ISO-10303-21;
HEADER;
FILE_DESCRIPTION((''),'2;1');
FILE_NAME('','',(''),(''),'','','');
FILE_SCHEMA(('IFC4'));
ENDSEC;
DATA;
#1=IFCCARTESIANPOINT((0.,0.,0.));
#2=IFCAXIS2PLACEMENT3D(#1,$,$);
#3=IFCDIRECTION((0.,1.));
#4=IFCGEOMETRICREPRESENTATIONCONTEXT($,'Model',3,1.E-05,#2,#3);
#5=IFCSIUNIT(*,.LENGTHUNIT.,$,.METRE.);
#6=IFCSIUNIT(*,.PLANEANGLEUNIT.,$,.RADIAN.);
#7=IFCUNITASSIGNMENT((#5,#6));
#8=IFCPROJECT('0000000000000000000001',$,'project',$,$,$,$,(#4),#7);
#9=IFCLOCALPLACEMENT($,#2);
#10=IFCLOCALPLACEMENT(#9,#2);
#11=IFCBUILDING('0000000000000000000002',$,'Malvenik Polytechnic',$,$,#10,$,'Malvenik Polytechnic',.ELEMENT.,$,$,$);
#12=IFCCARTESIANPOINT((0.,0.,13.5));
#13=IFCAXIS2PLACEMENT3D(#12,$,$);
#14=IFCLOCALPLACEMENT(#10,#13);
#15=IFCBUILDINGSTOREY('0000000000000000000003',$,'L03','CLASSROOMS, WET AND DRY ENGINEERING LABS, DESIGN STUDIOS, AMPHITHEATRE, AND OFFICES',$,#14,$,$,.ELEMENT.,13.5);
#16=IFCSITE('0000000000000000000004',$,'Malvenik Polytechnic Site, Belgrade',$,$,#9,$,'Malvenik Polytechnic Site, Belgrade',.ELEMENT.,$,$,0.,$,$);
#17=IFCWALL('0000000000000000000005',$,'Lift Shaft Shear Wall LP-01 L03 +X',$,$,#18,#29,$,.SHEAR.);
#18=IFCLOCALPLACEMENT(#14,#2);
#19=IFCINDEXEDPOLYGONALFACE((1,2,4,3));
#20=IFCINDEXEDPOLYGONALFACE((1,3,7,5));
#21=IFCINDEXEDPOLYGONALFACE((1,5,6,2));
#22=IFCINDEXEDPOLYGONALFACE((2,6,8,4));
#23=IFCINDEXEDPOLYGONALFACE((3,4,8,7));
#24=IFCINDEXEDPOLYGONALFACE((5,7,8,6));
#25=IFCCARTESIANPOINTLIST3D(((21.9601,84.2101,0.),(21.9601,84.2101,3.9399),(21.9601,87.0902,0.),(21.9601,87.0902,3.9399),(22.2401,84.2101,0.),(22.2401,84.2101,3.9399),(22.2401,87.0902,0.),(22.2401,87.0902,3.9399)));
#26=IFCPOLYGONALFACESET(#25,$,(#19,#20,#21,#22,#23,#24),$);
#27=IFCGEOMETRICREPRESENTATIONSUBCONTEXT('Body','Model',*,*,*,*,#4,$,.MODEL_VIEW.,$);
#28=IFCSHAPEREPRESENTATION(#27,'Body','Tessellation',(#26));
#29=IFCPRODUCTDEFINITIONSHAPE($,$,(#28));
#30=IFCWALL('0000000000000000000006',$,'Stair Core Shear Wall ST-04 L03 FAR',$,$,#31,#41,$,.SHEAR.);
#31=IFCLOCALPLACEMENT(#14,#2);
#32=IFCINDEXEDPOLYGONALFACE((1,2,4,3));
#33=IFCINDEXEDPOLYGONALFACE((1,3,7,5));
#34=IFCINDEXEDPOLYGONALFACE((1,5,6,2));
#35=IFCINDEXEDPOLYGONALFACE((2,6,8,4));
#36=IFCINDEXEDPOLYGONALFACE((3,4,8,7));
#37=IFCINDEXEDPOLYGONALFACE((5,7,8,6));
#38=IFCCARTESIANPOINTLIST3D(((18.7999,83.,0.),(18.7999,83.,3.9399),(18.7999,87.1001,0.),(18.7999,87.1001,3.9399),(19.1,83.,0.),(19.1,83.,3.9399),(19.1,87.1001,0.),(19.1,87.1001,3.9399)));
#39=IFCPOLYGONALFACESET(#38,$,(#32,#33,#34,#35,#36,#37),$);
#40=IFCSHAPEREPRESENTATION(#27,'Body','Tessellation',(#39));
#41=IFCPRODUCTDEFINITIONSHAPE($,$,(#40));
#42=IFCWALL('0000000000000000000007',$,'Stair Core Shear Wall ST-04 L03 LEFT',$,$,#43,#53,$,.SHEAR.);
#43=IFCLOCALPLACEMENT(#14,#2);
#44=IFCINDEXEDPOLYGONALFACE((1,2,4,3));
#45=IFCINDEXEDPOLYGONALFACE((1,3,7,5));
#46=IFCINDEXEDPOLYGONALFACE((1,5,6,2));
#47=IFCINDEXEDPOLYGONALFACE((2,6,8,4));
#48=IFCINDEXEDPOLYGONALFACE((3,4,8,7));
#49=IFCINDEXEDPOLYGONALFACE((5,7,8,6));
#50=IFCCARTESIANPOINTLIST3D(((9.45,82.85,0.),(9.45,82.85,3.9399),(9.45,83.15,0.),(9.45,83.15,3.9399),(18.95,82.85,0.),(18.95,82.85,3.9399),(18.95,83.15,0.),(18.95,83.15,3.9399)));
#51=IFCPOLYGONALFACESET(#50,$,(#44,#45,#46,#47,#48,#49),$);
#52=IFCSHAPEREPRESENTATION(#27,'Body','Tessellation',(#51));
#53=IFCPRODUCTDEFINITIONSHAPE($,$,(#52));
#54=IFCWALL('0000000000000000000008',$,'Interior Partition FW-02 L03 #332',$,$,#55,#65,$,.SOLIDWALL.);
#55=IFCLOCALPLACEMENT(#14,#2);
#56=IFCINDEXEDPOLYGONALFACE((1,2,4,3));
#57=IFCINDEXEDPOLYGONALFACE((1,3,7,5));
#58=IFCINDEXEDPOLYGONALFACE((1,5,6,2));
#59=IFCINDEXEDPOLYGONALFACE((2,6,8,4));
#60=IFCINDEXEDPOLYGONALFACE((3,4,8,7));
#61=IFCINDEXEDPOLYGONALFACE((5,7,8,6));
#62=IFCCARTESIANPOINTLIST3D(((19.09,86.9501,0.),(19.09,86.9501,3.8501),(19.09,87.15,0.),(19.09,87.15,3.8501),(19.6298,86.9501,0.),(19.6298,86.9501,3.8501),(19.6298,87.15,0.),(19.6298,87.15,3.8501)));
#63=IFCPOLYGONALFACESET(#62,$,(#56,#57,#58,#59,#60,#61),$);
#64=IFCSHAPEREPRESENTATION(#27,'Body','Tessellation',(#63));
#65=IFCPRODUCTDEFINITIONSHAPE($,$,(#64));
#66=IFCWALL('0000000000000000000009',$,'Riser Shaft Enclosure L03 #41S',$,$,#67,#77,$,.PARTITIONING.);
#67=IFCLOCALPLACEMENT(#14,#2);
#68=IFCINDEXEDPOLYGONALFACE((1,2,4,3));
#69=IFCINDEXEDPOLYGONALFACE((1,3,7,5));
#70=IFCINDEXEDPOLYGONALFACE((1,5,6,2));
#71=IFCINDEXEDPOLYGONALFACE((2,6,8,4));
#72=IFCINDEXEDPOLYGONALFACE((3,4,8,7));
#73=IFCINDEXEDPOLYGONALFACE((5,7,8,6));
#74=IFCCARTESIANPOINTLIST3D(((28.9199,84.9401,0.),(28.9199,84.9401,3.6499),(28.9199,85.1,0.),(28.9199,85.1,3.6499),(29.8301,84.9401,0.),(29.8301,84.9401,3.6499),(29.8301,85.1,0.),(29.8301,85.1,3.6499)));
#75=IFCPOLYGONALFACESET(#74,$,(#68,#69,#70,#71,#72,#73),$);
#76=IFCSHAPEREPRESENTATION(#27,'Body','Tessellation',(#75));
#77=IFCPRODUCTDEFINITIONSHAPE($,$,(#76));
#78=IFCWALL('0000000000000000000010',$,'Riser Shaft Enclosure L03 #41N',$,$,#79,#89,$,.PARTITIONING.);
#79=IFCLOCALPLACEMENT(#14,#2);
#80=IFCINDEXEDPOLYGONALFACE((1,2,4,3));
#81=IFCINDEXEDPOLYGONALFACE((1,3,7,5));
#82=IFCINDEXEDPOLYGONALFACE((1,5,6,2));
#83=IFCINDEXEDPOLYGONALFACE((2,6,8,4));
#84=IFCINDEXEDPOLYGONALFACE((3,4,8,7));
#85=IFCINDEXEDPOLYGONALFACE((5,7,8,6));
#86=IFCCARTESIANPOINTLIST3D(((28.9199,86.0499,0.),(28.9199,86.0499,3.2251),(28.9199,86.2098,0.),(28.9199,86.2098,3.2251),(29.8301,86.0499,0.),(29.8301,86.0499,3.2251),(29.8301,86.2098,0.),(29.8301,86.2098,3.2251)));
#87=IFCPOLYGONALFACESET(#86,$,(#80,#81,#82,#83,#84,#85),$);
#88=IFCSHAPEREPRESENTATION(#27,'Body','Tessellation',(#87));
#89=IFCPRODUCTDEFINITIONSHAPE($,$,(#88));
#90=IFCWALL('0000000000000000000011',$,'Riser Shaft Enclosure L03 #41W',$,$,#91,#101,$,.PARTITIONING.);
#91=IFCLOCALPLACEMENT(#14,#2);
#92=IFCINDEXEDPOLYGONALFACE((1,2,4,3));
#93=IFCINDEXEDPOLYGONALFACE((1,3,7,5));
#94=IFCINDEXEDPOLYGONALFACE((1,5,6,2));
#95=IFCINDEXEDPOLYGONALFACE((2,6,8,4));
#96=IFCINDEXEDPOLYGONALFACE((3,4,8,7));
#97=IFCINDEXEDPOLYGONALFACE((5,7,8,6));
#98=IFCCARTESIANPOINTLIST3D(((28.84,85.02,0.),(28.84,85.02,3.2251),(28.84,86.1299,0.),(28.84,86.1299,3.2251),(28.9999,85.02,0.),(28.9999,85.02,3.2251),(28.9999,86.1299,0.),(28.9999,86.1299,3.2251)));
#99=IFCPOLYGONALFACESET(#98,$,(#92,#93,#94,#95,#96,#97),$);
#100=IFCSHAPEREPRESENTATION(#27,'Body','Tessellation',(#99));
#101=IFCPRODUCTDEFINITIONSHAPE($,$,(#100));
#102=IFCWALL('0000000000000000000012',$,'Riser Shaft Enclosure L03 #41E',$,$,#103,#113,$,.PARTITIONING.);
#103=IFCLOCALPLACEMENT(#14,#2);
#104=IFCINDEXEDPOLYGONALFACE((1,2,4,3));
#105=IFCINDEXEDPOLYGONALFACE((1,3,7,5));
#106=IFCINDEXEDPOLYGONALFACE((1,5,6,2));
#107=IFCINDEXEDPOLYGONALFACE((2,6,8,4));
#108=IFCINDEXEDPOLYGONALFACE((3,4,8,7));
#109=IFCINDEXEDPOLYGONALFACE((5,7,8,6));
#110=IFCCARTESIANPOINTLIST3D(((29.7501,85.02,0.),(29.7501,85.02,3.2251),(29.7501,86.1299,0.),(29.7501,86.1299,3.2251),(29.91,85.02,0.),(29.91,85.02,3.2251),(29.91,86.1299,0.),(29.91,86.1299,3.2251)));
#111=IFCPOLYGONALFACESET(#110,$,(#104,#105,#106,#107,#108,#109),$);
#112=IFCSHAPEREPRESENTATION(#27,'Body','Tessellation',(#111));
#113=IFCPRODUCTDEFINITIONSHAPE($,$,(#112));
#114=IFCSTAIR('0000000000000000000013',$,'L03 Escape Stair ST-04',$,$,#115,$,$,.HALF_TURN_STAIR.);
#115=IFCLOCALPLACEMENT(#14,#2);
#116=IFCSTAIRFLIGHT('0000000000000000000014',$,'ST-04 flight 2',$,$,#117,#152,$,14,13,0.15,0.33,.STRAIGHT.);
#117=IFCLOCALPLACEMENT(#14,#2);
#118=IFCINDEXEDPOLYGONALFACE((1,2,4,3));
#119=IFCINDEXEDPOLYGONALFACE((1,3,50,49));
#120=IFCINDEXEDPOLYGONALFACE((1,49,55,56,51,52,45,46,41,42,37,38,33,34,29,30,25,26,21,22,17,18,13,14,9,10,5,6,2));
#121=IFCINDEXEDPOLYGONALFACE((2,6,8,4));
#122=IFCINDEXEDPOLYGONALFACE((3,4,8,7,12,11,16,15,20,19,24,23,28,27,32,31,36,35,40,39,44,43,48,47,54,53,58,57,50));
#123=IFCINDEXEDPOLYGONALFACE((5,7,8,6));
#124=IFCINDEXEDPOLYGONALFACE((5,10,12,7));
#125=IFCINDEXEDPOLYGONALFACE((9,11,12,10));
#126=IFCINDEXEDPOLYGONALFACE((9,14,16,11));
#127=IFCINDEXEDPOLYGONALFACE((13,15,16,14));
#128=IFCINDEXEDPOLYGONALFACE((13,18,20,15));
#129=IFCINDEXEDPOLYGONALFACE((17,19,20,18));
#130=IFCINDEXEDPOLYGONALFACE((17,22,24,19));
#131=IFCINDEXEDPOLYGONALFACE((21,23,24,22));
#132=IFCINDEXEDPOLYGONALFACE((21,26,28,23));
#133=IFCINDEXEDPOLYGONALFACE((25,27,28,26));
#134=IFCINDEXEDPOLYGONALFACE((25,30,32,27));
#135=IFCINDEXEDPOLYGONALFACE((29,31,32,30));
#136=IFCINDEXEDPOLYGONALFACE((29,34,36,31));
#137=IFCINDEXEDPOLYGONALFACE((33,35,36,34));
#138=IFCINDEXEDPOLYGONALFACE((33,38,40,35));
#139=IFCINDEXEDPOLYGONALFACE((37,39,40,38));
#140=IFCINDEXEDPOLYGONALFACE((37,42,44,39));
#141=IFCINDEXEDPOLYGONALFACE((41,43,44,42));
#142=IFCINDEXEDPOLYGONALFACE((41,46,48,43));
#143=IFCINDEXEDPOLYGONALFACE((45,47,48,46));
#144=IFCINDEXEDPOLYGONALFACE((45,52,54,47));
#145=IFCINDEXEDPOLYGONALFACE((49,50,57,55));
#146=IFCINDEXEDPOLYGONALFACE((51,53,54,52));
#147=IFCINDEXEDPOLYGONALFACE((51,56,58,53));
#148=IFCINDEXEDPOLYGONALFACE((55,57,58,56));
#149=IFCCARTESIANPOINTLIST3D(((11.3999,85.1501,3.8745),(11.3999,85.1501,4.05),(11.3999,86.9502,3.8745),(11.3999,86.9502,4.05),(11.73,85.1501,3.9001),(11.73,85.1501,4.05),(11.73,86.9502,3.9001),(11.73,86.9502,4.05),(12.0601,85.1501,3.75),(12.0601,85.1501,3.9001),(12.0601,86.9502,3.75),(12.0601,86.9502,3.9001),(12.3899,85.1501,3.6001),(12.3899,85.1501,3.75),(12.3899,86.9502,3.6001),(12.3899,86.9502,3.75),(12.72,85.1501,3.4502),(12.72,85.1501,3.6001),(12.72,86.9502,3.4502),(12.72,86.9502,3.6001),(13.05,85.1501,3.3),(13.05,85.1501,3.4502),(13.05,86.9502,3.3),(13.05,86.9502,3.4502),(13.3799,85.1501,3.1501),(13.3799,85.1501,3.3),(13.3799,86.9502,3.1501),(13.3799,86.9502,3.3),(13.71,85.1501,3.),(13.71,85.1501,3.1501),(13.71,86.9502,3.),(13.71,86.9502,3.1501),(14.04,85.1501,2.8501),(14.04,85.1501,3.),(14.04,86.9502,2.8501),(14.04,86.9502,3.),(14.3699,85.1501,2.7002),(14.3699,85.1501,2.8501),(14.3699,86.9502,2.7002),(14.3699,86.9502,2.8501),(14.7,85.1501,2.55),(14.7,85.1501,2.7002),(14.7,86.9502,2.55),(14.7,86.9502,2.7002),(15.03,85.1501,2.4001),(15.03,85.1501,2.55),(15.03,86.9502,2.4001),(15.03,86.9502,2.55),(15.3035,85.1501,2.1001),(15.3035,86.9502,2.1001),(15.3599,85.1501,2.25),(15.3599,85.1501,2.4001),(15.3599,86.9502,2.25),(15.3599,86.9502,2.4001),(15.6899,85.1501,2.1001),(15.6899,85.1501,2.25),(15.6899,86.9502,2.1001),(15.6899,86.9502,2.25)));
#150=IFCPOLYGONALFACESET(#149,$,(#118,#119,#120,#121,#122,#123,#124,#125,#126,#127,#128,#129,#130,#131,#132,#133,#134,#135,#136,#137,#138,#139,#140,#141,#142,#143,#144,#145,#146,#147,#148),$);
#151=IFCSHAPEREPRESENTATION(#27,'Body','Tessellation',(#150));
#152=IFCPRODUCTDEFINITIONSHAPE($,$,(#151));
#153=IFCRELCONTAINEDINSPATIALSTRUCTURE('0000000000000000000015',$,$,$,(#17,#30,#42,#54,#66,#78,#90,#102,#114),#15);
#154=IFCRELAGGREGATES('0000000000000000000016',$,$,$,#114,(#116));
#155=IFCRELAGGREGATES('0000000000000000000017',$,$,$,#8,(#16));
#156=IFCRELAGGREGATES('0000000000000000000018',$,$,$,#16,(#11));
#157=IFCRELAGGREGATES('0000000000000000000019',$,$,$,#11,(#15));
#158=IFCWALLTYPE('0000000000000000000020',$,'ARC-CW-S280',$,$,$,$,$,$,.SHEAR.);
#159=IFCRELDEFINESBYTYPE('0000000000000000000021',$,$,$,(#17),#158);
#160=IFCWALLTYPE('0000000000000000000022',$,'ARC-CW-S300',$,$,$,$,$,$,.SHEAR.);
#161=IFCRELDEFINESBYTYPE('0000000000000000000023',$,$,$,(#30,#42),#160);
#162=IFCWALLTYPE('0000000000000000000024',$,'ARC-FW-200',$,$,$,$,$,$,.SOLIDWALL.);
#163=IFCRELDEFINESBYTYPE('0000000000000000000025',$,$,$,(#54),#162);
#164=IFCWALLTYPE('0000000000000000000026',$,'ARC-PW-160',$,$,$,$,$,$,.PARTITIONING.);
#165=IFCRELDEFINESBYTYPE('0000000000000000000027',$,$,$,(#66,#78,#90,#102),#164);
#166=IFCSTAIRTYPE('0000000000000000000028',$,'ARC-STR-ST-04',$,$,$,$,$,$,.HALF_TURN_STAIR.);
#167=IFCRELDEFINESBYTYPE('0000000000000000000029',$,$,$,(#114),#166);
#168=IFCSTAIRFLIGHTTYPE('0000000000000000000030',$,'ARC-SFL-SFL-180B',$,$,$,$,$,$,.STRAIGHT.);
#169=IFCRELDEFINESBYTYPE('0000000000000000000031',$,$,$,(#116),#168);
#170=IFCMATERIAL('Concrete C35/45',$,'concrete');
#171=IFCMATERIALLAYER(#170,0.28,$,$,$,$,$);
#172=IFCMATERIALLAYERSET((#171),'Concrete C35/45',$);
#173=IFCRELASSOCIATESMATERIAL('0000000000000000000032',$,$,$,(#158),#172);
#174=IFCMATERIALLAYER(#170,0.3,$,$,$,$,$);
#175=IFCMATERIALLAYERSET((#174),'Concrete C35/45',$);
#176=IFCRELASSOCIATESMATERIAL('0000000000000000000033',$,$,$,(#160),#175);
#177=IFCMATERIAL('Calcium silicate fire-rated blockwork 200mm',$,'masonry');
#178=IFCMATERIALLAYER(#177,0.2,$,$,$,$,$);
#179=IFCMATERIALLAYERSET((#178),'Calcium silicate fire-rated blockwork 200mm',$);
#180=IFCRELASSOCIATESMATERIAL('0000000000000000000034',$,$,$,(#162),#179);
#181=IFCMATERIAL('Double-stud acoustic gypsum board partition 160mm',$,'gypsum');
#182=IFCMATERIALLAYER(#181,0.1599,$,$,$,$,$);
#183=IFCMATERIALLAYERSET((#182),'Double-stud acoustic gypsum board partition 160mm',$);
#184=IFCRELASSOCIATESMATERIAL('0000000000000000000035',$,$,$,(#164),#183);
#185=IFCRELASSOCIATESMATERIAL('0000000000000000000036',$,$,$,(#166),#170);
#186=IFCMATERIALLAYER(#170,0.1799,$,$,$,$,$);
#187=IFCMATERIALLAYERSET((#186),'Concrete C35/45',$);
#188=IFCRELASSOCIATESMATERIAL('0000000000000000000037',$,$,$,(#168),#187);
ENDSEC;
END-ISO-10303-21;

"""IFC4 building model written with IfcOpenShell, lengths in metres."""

from ifc_helpers import new_model, si_unit, direction, frame, frame_2d, origin, place, context, subcontext, project, spatial, polyline, rectangle, outline, extrude, material, layer, layer_set, type_object, element, aggregate, save


model = new_model("IFC4")

# Units and contexts
model_context = context("Model", 3, precision=1e-05, world=origin(), true_north=direction((0.0, 1.0)))
body_context = subcontext(model_context, "Body", "Model", "MODEL_VIEW")
ifc_project = project(units=[si_unit("LENGTHUNIT", "METRE"), si_unit("PLANEANGLEUNIT", "RADIAN")], contexts=[model_context])

# Site, building, storey
site_placement = place(None, origin())
site = spatial("IfcSite", under=ifc_project, at=site_placement, Name="Malvenik Polytechnic Site, Belgrade", LongName="Malvenik Polytechnic Site, Belgrade", CompositionType="ELEMENT", RefElevation=0.0)
building_placement = place(site_placement, origin())
building = spatial("IfcBuilding", under=site, at=building_placement, Name="Malvenik Polytechnic", LongName="Malvenik Polytechnic", CompositionType="ELEMENT")
storey_placement = place(building_placement, frame((0.0, 0.0, 13.5)))
storey = spatial("IfcBuildingStorey", under=building, at=storey_placement, Name="L03", Description="CLASSROOMS, WET AND DRY ENGINEERING LABS, DESIGN STUDIOS, AMPHITHEATRE, AND OFFICES", CompositionType="ELEMENT", Elevation=13.5)

# Shared definitions
ifc_material_1 = material(Name="Concrete C35/45", Category="concrete")

# Shared definitions
ifc_layer_1 = layer(ifc_material_1, 0.28)
ifc_layer_set_1 = layer_set([ifc_layer_1], Name="Concrete C35/45")
wall_type_1 = type_object("IfcWallType", Name="ARC-CW-S280", PredefinedType="SHEAR", material=ifc_layer_set_1)

# Walls
for number, where, z_axis, x_axis, name in (
    (1, (22.1001, 87.0901, 0.0), (0.0, 0.0, 1.0), (0.0, -1.0, 0.0), "Lift Shaft Shear Wall LP-01 L03 +X"),
):
    element("IfcWall", number, at=place(storey_placement, frame(where, z_axis=z_axis, x_axis=x_axis)), inside=storey, type_object=wall_type_1, Name=name, PredefinedType="SHEAR", context=body_context, shape_type="SweptSolid", body=[
        extrude(rectangle(XDim=2.8801, YDim=0.28, at=frame_2d((1.4399, 0.0))), origin(), (0.0, 0.0, 1.0), 3.9399),
    ])
ifc_layer_2 = layer(ifc_material_1, 0.3)
ifc_layer_set_2 = layer_set([ifc_layer_2], Name="Concrete C35/45")
wall_type_2 = type_object("IfcWallType", Name="ARC-CW-S300", PredefinedType="SHEAR", material=ifc_layer_set_2)
wall_1_placement = place(storey_placement, frame((18.95, 87.1001, 0.0), z_axis=(0.0, 0.0, 1.0), x_axis=(0.0, -1.0, 0.0)))
element("IfcWall", 2, at=wall_1_placement, inside=storey, type_object=wall_type_2, Name="Stair Core Shear Wall ST-04 L03 FAR", PredefinedType="SHEAR", context=body_context, shape_type="SweptSolid", body=[
    extrude(rectangle(XDim=4.1001, YDim=0.3, at=frame_2d((2.05, 0.0))), origin(), (0.0, 0.0, 1.0), 3.9399),
])
wall_2_placement = place(storey_placement, frame((18.95, 83.0, 0.0), z_axis=(0.0, 0.0, 1.0), x_axis=(-1.0, 0.0, 0.0)))
element("IfcWall", 3, at=wall_2_placement, inside=storey, type_object=wall_type_2, Name="Stair Core Shear Wall ST-04 L03 LEFT", PredefinedType="SHEAR", context=body_context, shape_type="SweptSolid", body=[
    extrude(rectangle(XDim=9.5, YDim=0.3, at=frame_2d((4.75, 0.0))), origin(), (0.0, 0.0, 1.0), 3.9399),
])
ifc_material_2 = material(Name="Calcium silicate fire-rated blockwork 200mm", Category="masonry")
ifc_layer_3 = layer(ifc_material_2, 0.2)
ifc_layer_set_3 = layer_set([ifc_layer_3], Name="Calcium silicate fire-rated blockwork 200mm")
wall_type_3 = type_object("IfcWallType", Name="ARC-FW-200", PredefinedType="SOLIDWALL", material=ifc_layer_set_3)
wall_3_placement = place(storey_placement, frame((19.6299, 87.05, 0.0), z_axis=(0.0, 0.0, 1.0), x_axis=(-1.0, 0.0, 0.0)))
element("IfcWall", 4, at=wall_3_placement, inside=storey, type_object=wall_type_3, Name="Interior Partition FW-02 L03 #332", PredefinedType="SOLIDWALL", context=body_context, shape_type="SweptSolid", body=[
    extrude(rectangle(XDim=0.5398, YDim=0.2, at=frame_2d((0.27, 0.0))), origin(), (0.0, 0.0, 1.0), 3.8501),
])
ifc_material_3 = material(Name="Double-stud acoustic gypsum board partition 160mm", Category="gypsum")
ifc_layer_4 = layer(ifc_material_3, 0.1599)
ifc_layer_set_4 = layer_set([ifc_layer_4], Name="Double-stud acoustic gypsum board partition 160mm")
wall_type_4 = type_object("IfcWallType", Name="ARC-PW-160", PredefinedType="PARTITIONING", material=ifc_layer_set_4)
wall_4_placement = place(storey_placement, frame((28.9199, 85.02, 0.0), z_axis=(0.0, 0.0, 1.0), x_axis=(1.0, 0.0, 0.0)))
element("IfcWall", 5, at=wall_4_placement, inside=storey, type_object=wall_type_4, Name="Riser Shaft Enclosure L03 #41S", PredefinedType="PARTITIONING", context=body_context, shape_type="SweptSolid", body=[
    extrude(rectangle(XDim=0.9102, YDim=0.1599, at=frame_2d((0.4551, 0.0))), origin(), (0.0, 0.0, 1.0), 3.6499),
])
wall_5_placement = place(storey_placement, frame((29.8301, 86.1299, 0.0), z_axis=(0.0, 0.0, 1.0), x_axis=(-1.0, 0.0, 0.0)))
element("IfcWall", 6, at=wall_5_placement, inside=storey, type_object=wall_type_4, Name="Riser Shaft Enclosure L03 #41N", PredefinedType="PARTITIONING", context=body_context, shape_type="SweptSolid", body=[
    extrude(rectangle(XDim=0.9102, YDim=0.1599, at=frame_2d((0.4551, 0.0))), origin(), (0.0, 0.0, 1.0), 3.2251),
])
for number, where, z_axis, x_axis, name in (
    (7, (28.9199, 86.1299, 0.0), (0.0, 0.0, 1.0), (0.0, -1.0, 0.0), "Riser Shaft Enclosure L03 #41W"),
    (8, (29.8301, 85.02, 0.0), (0.0, 0.0, 1.0), (0.0, 1.0, 0.0), "Riser Shaft Enclosure L03 #41E"),
):
    element("IfcWall", number, at=place(storey_placement, frame(where, z_axis=z_axis, x_axis=x_axis)), inside=storey, type_object=wall_type_4, Name=name, PredefinedType="PARTITIONING", context=body_context, shape_type="SweptSolid", body=[
        extrude(rectangle(XDim=1.1099, YDim=0.1599, at=frame_2d((0.5549, 0.0))), origin(), (0.0, 0.0, 1.0), 3.2251),
    ])

# Stair, stair flight
stair_type = type_object("IfcStairType", Name="ARC-STR-ST-04", PredefinedType="HALF_TURN_STAIR", material=ifc_material_1)
stair_placement = place(storey_placement, origin())
stair = element("IfcStair", 9, at=stair_placement, inside=storey, type_object=stair_type, Name="L03 Escape Stair ST-04", PredefinedType="HALF_TURN_STAIR")
ifc_layer_5 = layer(ifc_material_1, 0.1799)
ifc_layer_set_5 = layer_set([ifc_layer_5], Name="Concrete C35/45")
stair_flight_type = type_object("IfcStairFlightType", Name="ARC-SFL-SFL-180B", PredefinedType="STRAIGHT", material=ifc_layer_set_5)
stair_flight_placement = place(storey_placement, frame((15.6899, 86.05, 2.1001), z_axis=(0.0, 0.0, 1.0), x_axis=(-1.0, 0.0, 0.0)))
stair_flight = element("IfcStairFlight", 10, at=stair_flight_placement, type_object=stair_flight_type, Name="ST-04 flight 2", NumberOfRisers=14, NumberOfTreads=13, PredefinedType="STRAIGHT", RiserHeight=0.15, TreadLength=0.33, context=body_context, shape_type="SweptSolid", body=[
    extrude(outline(polyline([(0.0, 0.0), (0.0, 0.1499), (0.3301, 0.1499), (0.3301, 0.3), (0.6599, 0.3), (0.6599, 0.45), (0.99, 0.45), (0.99, 0.6001), (1.3201, 0.6001), (1.3201, 0.75), (1.6499, 0.75), (1.6499, 0.8999), (1.98, 0.8999), (1.98, 1.05), (2.3101, 1.05), (2.3101, 1.2), (2.6399, 1.2), (2.6399, 1.3501), (2.97, 1.3501), (2.97, 1.5), (3.3, 1.5), (3.3, 1.6499), (3.6299, 1.6499), (3.6299, 1.8), (3.96, 1.8), (3.96, 1.95), (4.29, 1.95), (4.29, 2.1001), (4.29, 1.7744), (0.3865, 0.0), (0.0, 0.0)])), frame((0.0, 0.8999, 0.0), z_axis=(0.0, -1.0, 0.0), x_axis=(1.0, 0.0, 0.0)), (0.0, 0.0, 1.0), 1.8),
])
aggregate(stair, [stair_flight])

save(model, "model.ifc")
